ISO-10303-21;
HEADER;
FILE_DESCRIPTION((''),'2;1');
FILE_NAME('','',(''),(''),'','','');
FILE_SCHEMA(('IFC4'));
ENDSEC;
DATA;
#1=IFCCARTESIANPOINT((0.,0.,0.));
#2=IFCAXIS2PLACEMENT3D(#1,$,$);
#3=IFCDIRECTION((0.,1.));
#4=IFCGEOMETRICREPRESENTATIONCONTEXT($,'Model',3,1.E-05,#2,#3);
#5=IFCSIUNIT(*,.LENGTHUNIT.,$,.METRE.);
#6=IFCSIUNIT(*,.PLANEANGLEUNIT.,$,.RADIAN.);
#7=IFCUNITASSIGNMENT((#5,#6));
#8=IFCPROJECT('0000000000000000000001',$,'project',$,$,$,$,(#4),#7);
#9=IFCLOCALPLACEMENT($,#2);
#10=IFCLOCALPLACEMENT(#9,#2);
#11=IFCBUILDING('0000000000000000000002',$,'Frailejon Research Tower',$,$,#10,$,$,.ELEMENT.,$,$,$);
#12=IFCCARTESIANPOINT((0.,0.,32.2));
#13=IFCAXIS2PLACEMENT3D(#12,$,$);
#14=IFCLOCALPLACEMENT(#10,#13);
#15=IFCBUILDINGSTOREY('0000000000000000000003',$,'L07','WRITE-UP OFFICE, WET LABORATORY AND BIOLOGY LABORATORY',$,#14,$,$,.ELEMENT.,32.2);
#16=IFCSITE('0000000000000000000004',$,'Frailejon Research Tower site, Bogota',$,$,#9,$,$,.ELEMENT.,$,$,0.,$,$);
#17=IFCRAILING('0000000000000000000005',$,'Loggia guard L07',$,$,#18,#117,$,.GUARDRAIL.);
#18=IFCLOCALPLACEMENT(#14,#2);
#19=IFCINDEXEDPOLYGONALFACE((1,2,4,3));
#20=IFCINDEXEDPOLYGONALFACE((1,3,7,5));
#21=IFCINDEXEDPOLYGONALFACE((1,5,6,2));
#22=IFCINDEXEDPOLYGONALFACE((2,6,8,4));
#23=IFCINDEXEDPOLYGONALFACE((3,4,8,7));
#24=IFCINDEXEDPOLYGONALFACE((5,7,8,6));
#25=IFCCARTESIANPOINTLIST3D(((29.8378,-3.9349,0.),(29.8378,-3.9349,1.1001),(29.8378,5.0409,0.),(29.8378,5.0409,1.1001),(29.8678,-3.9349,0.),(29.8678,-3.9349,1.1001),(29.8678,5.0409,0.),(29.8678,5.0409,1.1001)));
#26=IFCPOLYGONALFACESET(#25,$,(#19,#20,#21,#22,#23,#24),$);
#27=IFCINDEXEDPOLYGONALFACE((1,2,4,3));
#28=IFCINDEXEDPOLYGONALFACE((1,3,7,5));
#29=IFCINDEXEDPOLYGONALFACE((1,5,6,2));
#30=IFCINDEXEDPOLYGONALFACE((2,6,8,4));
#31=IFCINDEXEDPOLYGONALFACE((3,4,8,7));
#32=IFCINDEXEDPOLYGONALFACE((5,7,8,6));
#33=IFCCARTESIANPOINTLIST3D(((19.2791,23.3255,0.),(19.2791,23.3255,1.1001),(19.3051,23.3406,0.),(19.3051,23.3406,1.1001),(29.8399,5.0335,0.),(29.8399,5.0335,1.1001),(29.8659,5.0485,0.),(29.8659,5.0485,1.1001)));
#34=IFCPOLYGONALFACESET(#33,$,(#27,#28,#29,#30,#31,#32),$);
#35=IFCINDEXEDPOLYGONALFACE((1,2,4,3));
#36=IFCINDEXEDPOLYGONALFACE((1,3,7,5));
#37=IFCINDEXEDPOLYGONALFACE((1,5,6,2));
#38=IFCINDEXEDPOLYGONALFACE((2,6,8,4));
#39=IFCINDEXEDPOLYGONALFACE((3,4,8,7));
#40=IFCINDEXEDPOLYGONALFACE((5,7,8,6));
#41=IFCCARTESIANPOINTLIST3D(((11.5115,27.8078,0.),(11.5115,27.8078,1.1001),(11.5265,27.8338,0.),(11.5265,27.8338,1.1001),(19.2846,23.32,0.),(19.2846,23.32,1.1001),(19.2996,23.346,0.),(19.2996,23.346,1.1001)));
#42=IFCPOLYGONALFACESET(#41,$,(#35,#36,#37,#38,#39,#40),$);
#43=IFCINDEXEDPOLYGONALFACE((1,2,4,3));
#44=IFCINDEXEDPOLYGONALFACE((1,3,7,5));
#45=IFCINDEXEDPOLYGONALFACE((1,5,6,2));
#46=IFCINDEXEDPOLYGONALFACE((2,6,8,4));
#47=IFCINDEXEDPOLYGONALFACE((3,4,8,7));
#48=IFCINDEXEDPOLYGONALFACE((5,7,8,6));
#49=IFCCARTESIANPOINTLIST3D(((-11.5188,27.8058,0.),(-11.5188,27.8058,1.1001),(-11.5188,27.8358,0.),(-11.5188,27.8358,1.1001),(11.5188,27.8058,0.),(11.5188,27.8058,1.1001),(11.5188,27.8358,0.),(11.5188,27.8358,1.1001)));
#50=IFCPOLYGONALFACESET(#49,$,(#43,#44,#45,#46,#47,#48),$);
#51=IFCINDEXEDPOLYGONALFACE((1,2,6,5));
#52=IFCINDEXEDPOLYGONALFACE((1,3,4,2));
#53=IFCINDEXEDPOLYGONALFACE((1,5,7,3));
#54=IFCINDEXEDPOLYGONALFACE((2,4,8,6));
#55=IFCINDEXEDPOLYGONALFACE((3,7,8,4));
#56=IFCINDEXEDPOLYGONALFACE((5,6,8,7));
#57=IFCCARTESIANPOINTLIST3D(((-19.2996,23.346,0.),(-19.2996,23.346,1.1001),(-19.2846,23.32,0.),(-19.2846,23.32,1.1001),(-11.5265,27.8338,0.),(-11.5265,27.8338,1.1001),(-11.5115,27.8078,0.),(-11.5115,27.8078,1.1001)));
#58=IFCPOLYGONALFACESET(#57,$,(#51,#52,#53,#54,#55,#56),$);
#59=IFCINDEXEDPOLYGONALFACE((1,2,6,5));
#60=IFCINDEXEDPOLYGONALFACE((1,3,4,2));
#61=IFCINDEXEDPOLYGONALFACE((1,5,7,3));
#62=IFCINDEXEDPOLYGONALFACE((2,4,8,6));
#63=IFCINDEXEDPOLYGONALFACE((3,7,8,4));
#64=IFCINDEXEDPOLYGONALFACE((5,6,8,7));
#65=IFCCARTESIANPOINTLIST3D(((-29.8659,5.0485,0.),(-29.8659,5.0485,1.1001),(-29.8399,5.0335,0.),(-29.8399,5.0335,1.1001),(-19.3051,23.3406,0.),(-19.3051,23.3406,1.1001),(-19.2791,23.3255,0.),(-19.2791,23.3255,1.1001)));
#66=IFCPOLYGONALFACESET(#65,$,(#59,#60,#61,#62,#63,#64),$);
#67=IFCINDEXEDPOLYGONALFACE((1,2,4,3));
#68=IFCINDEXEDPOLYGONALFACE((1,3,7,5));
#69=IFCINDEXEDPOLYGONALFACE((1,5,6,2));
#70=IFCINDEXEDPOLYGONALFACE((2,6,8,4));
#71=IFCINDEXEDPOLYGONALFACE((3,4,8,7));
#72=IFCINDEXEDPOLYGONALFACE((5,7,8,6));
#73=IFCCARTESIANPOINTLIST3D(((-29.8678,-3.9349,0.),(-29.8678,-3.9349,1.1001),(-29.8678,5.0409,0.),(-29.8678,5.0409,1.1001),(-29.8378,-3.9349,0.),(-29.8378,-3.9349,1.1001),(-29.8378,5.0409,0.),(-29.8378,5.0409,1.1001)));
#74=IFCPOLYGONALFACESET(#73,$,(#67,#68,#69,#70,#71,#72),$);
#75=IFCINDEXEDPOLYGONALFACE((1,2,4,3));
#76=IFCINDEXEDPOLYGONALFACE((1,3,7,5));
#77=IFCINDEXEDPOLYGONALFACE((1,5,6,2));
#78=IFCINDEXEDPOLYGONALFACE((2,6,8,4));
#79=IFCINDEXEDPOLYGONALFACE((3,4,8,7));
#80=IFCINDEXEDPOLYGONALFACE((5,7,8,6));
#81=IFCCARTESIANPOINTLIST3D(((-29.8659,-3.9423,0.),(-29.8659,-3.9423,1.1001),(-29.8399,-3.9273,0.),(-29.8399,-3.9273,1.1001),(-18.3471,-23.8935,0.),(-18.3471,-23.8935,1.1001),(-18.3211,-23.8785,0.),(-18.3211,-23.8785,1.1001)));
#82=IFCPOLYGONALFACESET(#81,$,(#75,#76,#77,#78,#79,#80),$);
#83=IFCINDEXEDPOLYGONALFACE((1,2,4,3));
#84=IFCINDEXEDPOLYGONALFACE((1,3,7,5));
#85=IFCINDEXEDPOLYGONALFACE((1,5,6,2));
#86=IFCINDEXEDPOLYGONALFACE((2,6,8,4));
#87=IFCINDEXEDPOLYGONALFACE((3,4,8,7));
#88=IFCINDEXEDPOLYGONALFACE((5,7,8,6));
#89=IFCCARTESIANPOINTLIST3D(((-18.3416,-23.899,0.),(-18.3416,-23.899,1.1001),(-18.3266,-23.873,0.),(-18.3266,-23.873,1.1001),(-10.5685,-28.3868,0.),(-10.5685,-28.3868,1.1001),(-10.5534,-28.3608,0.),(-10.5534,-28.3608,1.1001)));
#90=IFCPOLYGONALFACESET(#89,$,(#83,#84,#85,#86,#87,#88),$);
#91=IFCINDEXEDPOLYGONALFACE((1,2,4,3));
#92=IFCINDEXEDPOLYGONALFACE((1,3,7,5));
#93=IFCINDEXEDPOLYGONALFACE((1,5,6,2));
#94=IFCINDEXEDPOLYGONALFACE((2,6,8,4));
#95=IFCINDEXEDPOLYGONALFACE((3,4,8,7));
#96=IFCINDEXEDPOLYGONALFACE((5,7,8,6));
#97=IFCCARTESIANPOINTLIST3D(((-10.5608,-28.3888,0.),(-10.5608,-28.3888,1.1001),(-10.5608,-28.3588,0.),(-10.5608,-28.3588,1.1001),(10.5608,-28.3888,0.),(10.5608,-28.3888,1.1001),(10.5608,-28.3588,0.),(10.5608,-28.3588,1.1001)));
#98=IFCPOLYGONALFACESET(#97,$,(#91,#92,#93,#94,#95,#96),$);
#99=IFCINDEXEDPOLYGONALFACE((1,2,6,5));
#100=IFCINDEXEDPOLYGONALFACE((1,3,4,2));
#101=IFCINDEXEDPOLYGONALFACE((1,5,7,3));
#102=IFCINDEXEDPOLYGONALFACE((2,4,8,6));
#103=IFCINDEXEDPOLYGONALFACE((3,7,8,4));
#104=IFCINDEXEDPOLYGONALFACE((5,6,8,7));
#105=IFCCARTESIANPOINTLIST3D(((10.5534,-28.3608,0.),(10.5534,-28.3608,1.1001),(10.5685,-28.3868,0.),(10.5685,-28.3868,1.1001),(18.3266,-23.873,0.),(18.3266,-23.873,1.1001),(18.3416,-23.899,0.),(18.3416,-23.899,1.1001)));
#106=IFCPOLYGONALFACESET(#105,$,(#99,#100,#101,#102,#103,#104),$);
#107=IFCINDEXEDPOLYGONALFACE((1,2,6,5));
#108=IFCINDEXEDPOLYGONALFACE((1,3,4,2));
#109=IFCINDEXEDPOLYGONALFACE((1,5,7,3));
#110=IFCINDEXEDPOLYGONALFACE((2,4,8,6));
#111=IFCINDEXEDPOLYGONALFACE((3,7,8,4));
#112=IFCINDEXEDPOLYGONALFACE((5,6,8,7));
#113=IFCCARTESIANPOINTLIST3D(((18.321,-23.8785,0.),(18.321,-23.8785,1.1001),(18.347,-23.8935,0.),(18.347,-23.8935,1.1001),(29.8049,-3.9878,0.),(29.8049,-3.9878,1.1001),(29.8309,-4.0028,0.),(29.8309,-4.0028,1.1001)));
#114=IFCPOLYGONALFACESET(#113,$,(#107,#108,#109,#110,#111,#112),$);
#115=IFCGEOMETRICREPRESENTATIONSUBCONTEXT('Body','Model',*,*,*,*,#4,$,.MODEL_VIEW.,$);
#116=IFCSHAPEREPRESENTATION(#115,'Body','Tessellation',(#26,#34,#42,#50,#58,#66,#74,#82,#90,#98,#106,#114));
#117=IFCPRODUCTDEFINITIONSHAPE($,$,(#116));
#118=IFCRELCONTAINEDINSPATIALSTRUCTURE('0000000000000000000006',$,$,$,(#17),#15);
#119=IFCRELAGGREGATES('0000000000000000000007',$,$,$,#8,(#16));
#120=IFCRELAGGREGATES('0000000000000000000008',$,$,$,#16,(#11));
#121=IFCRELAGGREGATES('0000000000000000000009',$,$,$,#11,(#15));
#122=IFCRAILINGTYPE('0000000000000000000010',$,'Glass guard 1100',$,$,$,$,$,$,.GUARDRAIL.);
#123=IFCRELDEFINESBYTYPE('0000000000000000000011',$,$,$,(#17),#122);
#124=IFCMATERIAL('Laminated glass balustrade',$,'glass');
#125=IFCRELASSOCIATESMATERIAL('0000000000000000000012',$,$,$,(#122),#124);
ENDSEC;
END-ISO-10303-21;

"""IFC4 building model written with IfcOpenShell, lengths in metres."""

from ifc_helpers import new_model, si_unit, direction, frame, origin, origin_2d, place, context, subcontext, project, spatial, rectangle, extrude, material, type_object, element, save


model = new_model("IFC4")

# Units and contexts
model_context = context("Model", 3, precision=1e-05, world=origin(), true_north=direction((0.0, 1.0)))
body_context = subcontext(model_context, "Body", "Model", "MODEL_VIEW")
ifc_project = project(units=[si_unit("LENGTHUNIT", "METRE"), si_unit("PLANEANGLEUNIT", "RADIAN")], contexts=[model_context])

# Site, building, storey
site_placement = place(None, origin())
site = spatial("IfcSite", under=ifc_project, at=site_placement, Name="Frailejon Research Tower site, Bogota", CompositionType="ELEMENT", RefElevation=0.0)
building_placement = place(site_placement, origin())
building = spatial("IfcBuilding", under=site, at=building_placement, Name="Frailejon Research Tower", CompositionType="ELEMENT")
storey_placement = place(building_placement, frame((0.0, 0.0, 32.2)))
storey = spatial("IfcBuildingStorey", under=building, at=storey_placement, Name="L07", Description="WRITE-UP OFFICE, WET LABORATORY AND BIOLOGY LABORATORY", CompositionType="ELEMENT", Elevation=32.2)

# Railing
ifc_material_1 = material(Name="Laminated glass balustrade", Category="glass")
railing_type = type_object("IfcRailingType", Name="Glass guard 1100", PredefinedType="GUARDRAIL", material=ifc_material_1)
railing_placement = place(storey_placement, frame((29.8528, -3.9348, 0.0)))
element("IfcRailing", 1, at=railing_placement, inside=storey, type_object=railing_type, Name="Loggia guard L07", PredefinedType="GUARDRAIL", context=body_context, shape_type="SweptSolid", body=[
    extrude(rectangle(XDim=8.9758, YDim=0.03, at=origin_2d()), frame((0.0, 4.4878, 0.0), z_axis=(0.0, 0.0, 1.0), x_axis=(0.0, 1.0, 0.0)), (0.0, 0.0, 1.0), 1.1001),
    extrude(rectangle(XDim=21.1218, YDim=0.03, at=origin_2d()), frame((-5.2803, 18.1218, 0.0), z_axis=(0.0, 0.0, 1.0), x_axis=(-0.499997, 0.866027, 0.0)), (0.0, 0.0, 1.0), 1.1001),
    extrude(rectangle(XDim=8.9756, YDim=0.03, at=origin_2d()), frame((-14.4473, 29.5117, 0.0), z_axis=(0.0, 0.0, 1.0), x_axis=(-0.866028, 0.499995, 0.0)), (0.0, 0.0, 1.0), 1.1001),
    extrude(rectangle(XDim=23.0376, YDim=0.03, at=origin_2d()), frame((-29.8528, 31.7556, 0.0), z_axis=(0.0, 0.0, 1.0), x_axis=(-1.0, 0.0, 0.0)), (0.0, 0.0, 1.0), 1.1001),
    extrude(rectangle(XDim=8.9756, YDim=0.03, at=origin_2d()), frame((-45.2583, 29.5117, 0.0), z_axis=(0.0, 0.0, 1.0), x_axis=(-0.866028, -0.499995, 0.0)), (0.0, 0.0, 1.0), 1.1001),
    extrude(rectangle(XDim=21.1218, YDim=0.03, at=origin_2d()), frame((-54.4253, 18.1218, 0.0), z_axis=(0.0, 0.0, 1.0), x_axis=(-0.499997, -0.866027, 0.0)), (0.0, 0.0, 1.0), 1.1001),
    extrude(rectangle(XDim=8.9758, YDim=0.03, at=origin_2d()), frame((-59.7056, 4.4878, 0.0), z_axis=(0.0, 0.0, 1.0), x_axis=(0.0, -1.0, 0.0)), (0.0, 0.0, 1.0), 1.1001),
    extrude(rectangle(XDim=23.0376, YDim=0.03, at=origin_2d()), frame((-53.9463, -9.9756, 0.0), z_axis=(0.0, 0.0, 1.0), x_axis=(0.499999, -0.866026, 0.0)), (0.0, 0.0, 1.0), 1.1001),
    extrude(rectangle(XDim=8.9756, YDim=0.03, at=origin_2d()), frame((-44.3003, -22.1951, 0.0), z_axis=(0.0, 0.0, 1.0), x_axis=(0.866028, -0.499995, 0.0)), (0.0, 0.0, 1.0), 1.1001),
    extrude(rectangle(XDim=21.1216, YDim=0.03, at=origin_2d()), frame((-29.8528, -24.439, 0.0), z_axis=(0.0, 0.0, 1.0), x_axis=(1.0, 0.0, 0.0)), (0.0, 0.0, 1.0), 1.1001),
    extrude(rectangle(XDim=8.9756, YDim=0.03, at=origin_2d()), frame((-15.4053, -22.1951, 0.0), z_axis=(0.0, 0.0, 1.0), x_axis=(0.866028, 0.499995, 0.0)), (0.0, 0.0, 1.0), 1.1001),
    extrude(rectangle(XDim=22.9678, YDim=0.03, at=origin_2d()), frame((-5.7769, -10.0059, 0.0), z_axis=(0.0, 0.0, 1.0), x_axis=(0.500001, 0.866025, 0.0)), (0.0, 0.0, 1.0), 1.1001),
])

save(model, "model.ifc")
